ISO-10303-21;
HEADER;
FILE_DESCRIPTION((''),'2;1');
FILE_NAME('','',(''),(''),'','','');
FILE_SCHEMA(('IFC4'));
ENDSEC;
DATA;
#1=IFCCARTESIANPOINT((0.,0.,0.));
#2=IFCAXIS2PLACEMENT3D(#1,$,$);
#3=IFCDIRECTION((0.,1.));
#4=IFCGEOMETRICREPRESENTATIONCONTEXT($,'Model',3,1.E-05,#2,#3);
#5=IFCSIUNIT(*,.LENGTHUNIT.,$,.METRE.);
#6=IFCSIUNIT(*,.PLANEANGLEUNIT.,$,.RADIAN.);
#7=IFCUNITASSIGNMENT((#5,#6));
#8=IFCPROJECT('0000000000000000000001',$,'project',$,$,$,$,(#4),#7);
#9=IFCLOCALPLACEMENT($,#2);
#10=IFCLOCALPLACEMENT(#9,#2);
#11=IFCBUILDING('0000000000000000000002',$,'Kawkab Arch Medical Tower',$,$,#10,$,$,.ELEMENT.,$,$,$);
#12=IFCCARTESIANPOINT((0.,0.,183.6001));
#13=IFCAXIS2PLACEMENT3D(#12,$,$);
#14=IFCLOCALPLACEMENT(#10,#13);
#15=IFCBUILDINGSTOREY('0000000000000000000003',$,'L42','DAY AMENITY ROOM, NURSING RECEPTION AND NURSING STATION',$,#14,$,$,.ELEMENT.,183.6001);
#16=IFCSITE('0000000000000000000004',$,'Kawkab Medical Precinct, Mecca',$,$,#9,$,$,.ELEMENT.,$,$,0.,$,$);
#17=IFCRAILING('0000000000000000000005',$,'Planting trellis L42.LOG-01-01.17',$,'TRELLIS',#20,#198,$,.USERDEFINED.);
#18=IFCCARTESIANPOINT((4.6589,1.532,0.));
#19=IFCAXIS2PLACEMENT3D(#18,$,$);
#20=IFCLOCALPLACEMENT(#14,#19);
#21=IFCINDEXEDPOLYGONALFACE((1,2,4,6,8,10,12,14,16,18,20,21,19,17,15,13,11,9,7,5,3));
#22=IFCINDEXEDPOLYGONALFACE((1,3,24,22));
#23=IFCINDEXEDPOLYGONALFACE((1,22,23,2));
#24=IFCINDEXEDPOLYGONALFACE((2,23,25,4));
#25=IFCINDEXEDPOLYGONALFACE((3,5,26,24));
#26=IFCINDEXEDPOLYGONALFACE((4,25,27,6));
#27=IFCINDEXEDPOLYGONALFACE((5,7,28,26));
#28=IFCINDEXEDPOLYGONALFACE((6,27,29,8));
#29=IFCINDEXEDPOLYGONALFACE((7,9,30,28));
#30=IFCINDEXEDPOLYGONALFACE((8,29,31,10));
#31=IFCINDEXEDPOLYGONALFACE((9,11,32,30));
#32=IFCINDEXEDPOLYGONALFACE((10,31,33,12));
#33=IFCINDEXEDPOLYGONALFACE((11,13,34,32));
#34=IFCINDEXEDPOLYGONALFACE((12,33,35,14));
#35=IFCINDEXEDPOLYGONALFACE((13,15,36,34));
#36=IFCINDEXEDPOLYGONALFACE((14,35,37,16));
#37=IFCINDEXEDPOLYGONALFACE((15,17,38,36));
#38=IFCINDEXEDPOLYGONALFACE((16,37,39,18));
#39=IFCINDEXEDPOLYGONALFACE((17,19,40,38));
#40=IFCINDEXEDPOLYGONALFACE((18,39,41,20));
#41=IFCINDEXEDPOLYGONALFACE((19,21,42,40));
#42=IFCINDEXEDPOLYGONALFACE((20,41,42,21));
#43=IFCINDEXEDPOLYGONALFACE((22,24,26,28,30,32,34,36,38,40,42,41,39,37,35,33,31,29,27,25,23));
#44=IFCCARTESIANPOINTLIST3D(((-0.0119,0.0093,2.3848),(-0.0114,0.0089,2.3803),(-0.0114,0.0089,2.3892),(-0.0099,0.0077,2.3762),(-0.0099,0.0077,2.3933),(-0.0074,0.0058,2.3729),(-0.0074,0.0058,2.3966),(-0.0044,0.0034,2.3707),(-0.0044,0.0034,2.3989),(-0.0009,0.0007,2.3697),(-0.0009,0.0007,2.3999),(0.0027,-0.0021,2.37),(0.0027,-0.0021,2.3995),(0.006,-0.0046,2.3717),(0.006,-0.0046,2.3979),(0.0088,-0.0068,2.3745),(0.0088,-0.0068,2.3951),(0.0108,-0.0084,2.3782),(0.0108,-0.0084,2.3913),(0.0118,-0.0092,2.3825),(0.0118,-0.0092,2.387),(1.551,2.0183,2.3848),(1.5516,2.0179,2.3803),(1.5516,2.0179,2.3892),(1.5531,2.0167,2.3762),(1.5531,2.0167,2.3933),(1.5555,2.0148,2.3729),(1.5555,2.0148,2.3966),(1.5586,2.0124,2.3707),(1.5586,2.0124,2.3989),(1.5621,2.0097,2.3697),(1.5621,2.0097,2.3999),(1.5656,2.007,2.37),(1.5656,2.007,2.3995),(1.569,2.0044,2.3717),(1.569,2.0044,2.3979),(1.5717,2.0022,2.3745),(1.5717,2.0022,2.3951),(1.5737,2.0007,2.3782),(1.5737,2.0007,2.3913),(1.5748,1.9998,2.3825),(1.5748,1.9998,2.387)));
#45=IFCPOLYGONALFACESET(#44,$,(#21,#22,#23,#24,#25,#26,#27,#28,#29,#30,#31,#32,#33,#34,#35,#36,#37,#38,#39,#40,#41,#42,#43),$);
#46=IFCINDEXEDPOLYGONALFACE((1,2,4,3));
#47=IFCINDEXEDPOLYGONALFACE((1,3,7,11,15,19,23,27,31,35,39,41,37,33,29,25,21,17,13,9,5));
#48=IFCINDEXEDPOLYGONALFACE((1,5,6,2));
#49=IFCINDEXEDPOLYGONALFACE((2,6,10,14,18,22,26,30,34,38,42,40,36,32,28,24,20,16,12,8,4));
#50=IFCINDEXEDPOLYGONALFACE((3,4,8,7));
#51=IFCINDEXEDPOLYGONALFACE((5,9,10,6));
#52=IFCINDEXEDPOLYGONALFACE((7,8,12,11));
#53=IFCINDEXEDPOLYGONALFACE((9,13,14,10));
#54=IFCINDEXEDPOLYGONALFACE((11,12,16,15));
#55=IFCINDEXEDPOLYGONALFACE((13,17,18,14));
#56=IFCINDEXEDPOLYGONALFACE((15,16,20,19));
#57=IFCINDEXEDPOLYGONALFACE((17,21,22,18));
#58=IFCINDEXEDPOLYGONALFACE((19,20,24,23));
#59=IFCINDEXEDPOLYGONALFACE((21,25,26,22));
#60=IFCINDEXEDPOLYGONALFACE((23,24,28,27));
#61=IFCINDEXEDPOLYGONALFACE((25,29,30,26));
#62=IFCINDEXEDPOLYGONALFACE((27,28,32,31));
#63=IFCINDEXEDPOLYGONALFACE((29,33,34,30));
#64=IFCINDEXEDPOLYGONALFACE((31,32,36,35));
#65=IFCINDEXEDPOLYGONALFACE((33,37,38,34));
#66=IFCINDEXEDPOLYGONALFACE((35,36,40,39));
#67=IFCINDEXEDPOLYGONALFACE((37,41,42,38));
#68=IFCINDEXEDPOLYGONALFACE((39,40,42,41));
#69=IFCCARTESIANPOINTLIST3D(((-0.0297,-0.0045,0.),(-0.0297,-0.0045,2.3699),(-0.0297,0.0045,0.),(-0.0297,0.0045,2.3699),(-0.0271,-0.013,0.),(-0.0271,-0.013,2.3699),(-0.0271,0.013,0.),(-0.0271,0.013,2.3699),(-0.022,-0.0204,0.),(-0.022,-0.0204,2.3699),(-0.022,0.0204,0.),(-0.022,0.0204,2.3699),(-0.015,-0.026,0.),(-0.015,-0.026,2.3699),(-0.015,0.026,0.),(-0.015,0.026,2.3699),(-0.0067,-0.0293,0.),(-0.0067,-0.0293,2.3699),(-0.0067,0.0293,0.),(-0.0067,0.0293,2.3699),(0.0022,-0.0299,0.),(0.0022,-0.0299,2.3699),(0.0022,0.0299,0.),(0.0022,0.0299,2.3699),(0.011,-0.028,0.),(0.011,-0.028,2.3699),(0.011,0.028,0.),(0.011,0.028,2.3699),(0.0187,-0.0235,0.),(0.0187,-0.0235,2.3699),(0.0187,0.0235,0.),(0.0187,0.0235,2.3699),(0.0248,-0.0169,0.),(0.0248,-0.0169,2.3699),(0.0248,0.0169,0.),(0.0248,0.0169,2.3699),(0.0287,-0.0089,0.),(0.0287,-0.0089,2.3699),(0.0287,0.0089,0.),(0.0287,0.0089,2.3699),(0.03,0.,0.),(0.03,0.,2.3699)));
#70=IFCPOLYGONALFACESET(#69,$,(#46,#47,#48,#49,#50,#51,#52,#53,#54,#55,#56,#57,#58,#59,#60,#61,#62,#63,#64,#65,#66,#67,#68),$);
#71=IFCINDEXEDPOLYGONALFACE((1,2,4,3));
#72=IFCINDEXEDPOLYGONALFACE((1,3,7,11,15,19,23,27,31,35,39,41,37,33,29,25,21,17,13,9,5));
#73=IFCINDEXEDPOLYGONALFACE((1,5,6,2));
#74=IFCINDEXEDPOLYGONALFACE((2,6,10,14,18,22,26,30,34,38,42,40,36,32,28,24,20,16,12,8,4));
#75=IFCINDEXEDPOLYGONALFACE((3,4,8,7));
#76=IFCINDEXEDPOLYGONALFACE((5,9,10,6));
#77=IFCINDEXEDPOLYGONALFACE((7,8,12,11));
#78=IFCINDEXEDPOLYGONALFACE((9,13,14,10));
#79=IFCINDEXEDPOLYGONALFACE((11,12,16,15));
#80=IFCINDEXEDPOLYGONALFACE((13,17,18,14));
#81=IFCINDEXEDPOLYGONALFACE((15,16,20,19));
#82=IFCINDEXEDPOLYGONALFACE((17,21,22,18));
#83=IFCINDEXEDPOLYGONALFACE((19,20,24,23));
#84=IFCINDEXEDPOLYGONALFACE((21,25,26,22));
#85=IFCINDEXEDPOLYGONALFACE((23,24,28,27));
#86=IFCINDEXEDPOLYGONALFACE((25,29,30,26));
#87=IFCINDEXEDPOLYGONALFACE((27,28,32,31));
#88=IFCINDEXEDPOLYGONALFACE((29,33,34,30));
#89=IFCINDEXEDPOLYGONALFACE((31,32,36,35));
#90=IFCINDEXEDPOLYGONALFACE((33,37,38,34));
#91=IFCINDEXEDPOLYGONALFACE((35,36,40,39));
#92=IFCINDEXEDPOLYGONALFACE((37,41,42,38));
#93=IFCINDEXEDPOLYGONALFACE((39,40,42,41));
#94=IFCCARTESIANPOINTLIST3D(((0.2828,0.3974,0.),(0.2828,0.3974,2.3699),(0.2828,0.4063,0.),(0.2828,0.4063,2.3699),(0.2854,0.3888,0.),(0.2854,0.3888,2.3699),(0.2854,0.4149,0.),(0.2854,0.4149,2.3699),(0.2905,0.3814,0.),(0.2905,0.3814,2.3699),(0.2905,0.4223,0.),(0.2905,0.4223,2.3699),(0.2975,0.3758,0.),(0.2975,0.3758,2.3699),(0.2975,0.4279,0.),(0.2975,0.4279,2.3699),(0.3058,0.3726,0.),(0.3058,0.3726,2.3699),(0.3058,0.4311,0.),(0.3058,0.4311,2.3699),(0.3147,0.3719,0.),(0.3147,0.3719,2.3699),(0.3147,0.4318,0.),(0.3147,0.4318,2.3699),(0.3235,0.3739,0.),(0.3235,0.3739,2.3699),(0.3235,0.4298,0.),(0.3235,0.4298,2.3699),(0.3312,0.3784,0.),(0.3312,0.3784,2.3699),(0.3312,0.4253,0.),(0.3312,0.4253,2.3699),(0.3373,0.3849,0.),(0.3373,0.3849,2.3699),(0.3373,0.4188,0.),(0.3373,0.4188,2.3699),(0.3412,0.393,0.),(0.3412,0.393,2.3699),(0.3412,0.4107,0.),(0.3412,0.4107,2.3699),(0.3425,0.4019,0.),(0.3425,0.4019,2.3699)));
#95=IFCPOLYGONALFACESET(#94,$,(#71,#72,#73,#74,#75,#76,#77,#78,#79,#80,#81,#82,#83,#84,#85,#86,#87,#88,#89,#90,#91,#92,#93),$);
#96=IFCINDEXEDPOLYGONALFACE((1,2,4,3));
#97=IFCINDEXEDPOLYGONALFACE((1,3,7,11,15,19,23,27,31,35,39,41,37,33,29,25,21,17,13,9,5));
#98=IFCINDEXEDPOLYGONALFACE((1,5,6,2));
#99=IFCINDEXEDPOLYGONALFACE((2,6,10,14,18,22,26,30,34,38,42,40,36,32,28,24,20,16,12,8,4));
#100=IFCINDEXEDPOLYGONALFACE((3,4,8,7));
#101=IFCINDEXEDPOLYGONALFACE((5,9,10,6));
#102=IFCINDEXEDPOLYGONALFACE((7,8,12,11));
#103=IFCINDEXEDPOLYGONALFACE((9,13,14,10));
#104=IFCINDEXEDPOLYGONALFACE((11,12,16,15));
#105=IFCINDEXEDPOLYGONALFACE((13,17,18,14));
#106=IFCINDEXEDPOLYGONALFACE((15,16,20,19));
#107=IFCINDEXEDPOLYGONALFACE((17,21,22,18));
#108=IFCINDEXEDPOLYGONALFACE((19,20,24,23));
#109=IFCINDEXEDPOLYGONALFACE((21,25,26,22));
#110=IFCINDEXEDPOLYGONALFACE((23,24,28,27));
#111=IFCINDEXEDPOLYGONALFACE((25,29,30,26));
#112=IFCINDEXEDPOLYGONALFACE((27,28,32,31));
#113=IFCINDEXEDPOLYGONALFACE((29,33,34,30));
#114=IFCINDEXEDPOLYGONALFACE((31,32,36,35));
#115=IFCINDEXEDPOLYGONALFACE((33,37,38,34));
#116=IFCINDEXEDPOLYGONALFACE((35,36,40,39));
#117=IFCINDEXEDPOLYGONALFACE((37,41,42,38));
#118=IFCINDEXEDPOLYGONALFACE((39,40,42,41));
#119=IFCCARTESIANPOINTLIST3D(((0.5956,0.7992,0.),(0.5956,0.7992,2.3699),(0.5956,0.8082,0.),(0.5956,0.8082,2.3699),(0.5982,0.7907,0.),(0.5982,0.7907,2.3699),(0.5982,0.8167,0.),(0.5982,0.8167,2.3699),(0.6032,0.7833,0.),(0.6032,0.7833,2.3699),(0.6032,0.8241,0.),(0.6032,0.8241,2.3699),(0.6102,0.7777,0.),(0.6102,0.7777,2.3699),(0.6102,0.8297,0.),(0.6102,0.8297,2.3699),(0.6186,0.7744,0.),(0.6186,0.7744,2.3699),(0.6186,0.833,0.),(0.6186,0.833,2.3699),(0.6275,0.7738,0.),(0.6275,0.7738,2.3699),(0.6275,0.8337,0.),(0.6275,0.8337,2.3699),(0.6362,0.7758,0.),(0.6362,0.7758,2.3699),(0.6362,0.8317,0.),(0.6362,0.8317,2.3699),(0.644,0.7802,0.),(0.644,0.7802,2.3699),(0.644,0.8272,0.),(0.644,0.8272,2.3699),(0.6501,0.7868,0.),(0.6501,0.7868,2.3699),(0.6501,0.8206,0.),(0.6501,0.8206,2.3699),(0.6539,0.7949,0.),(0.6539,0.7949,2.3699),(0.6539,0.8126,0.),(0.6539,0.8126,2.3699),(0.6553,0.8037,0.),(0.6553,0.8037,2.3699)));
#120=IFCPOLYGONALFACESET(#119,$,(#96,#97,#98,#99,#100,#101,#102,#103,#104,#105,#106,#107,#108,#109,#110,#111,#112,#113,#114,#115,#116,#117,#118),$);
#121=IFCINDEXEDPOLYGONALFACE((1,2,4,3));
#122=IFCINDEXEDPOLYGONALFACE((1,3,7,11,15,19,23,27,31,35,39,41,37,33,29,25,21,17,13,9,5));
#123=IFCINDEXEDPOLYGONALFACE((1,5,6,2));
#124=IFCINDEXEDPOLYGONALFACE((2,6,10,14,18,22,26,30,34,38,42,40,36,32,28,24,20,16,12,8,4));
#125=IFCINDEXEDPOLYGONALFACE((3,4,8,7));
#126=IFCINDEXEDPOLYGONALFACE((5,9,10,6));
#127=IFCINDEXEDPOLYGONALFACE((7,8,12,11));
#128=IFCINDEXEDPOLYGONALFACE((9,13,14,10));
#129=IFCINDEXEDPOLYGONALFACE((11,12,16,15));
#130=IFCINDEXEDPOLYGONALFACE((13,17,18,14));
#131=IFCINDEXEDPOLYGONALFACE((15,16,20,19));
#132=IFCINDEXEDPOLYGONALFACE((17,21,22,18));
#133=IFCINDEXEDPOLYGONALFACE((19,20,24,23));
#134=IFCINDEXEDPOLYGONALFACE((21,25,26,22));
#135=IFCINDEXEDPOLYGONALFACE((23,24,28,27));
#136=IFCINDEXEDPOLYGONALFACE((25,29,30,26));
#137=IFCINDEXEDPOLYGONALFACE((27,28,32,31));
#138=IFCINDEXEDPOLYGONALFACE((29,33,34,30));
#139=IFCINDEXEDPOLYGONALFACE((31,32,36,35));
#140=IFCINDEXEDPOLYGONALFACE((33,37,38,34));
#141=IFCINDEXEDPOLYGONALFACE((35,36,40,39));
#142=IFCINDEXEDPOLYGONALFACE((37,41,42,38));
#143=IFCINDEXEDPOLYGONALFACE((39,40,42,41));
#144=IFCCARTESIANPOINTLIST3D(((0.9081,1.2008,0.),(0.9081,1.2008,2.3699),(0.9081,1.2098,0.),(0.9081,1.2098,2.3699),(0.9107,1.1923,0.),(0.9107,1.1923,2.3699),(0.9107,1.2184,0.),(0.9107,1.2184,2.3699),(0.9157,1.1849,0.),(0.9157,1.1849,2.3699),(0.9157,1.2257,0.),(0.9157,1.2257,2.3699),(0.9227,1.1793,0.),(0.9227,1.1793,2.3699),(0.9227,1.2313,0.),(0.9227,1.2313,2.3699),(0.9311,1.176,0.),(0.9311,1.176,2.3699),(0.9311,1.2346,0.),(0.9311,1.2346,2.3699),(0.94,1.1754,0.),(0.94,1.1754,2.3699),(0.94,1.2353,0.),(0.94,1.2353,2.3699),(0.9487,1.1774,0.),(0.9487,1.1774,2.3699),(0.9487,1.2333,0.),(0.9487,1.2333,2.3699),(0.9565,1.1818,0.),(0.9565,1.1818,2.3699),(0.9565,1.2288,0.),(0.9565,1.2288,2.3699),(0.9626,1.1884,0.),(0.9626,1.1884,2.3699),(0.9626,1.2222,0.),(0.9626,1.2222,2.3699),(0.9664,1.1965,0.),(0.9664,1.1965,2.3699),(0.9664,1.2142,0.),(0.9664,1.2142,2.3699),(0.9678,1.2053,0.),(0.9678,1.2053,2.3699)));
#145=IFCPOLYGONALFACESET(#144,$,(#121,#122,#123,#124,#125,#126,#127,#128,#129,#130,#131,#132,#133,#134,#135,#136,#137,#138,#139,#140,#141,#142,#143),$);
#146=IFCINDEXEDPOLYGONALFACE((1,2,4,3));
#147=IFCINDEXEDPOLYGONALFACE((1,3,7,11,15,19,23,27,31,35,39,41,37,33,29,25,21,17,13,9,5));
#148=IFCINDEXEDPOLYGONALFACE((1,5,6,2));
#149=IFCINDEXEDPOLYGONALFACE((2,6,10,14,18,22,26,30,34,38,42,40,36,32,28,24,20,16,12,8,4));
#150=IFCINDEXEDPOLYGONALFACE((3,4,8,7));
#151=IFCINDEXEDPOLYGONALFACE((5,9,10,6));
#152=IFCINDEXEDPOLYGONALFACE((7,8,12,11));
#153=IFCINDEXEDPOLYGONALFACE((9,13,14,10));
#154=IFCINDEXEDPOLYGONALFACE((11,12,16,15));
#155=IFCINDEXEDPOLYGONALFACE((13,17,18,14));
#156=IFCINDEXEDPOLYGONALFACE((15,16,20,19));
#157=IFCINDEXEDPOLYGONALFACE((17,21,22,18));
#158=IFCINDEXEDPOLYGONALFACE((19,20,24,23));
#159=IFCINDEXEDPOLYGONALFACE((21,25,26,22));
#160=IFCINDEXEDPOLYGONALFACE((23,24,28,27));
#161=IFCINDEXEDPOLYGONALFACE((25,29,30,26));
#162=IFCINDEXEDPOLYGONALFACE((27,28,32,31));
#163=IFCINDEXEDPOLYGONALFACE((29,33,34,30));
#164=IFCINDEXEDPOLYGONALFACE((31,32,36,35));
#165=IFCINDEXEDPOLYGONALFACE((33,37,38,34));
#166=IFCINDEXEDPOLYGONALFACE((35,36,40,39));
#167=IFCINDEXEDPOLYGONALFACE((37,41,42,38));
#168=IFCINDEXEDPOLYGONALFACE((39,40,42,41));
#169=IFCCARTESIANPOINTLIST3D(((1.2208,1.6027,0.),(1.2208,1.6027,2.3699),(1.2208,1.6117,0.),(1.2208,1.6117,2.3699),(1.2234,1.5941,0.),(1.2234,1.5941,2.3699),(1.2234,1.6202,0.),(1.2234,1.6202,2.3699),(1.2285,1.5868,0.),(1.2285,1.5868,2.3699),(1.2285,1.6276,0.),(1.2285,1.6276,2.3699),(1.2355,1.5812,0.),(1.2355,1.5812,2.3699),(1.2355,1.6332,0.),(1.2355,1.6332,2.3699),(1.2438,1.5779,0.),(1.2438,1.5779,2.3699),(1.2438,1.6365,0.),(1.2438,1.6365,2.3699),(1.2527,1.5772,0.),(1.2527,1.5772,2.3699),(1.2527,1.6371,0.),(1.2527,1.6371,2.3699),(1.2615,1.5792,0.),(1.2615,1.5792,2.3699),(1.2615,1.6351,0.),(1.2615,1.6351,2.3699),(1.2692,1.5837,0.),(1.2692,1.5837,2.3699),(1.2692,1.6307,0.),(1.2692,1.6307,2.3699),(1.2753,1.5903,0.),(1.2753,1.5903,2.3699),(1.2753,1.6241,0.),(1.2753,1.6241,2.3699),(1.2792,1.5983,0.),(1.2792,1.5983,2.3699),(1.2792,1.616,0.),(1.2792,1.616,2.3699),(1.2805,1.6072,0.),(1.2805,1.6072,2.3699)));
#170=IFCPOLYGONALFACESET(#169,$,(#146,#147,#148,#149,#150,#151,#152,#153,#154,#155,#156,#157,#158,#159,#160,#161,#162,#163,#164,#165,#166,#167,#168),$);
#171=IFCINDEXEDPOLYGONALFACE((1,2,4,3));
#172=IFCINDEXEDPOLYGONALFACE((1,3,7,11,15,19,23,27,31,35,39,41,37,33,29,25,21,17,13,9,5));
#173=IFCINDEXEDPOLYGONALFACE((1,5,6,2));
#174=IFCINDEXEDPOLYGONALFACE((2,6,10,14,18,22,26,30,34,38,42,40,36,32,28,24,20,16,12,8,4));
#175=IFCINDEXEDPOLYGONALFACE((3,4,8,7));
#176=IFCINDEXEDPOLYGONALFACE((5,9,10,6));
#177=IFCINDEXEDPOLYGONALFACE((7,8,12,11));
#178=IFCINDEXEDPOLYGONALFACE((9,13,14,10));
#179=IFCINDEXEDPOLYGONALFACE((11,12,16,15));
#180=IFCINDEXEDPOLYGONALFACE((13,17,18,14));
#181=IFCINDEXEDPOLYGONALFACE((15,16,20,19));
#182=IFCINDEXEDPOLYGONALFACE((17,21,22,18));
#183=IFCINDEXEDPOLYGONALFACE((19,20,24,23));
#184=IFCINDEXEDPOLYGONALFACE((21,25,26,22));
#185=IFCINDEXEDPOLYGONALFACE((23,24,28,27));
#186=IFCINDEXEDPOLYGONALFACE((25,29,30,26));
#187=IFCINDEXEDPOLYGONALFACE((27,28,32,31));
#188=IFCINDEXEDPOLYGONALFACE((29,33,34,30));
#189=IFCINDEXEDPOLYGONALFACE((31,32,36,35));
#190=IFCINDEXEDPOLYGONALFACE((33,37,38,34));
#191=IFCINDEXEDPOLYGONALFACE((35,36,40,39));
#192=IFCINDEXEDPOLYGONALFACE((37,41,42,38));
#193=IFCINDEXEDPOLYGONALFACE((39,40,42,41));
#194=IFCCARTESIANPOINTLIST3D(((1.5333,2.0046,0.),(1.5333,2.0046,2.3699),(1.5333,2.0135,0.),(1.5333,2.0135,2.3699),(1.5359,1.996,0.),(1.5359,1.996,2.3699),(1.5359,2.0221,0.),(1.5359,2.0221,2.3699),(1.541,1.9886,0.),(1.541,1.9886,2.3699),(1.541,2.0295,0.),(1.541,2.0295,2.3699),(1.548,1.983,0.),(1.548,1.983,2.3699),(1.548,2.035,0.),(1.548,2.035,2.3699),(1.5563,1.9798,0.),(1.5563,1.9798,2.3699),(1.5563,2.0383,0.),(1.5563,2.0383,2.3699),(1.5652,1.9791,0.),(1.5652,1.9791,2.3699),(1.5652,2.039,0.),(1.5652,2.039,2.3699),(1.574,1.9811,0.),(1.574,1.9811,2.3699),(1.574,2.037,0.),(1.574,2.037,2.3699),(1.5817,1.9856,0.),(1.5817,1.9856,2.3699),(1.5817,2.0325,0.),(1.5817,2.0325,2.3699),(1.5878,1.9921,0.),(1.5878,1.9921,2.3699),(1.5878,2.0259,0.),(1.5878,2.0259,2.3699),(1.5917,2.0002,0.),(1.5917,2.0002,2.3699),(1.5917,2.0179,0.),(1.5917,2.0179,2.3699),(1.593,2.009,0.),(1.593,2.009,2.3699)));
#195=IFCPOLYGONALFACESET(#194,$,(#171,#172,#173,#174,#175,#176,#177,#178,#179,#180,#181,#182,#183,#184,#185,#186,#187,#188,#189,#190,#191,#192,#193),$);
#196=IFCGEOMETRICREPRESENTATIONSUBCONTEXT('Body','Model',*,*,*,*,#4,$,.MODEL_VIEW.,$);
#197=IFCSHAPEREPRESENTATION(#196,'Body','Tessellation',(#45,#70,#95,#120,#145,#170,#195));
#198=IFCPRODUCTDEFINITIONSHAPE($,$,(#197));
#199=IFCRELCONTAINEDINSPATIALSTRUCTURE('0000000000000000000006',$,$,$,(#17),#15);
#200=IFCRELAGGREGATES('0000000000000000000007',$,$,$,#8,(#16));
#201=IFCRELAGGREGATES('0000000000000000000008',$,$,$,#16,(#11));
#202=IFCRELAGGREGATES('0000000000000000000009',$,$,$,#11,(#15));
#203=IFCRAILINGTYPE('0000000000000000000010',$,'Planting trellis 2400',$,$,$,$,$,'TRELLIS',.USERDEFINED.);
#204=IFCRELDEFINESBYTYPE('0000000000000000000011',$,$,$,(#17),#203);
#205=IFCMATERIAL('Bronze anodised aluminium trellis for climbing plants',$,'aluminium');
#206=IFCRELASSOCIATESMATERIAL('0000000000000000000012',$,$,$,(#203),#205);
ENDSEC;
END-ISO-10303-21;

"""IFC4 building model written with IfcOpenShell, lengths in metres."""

from ifc_helpers import new_model, si_unit, direction, frame, origin, origin_2d, place, context, subcontext, project, spatial, circle, extrude, material, type_object, element, save


model = new_model("IFC4")

# Units and contexts
model_context = context("Model", 3, precision=1e-05, world=origin(), true_north=direction((0.0, 1.0)))
body_context = subcontext(model_context, "Body", "Model", "MODEL_VIEW")
ifc_project = project(units=[si_unit("LENGTHUNIT", "METRE"), si_unit("PLANEANGLEUNIT", "RADIAN")], contexts=[model_context])

# Site, building, storey
site_placement = place(None, origin())
site = spatial("IfcSite", under=ifc_project, at=site_placement, Name="Kawkab Medical Precinct, Mecca", CompositionType="ELEMENT", RefElevation=0.0)
building_placement = place(site_placement, origin())
building = spatial("IfcBuilding", under=site, at=building_placement, Name="Kawkab Arch Medical Tower", CompositionType="ELEMENT")
storey_placement = place(building_placement, frame((0.0, 0.0, 183.6001)))
storey = spatial("IfcBuildingStorey", under=building, at=storey_placement, Name="L42", Description="DAY AMENITY ROOM, NURSING RECEPTION AND NURSING STATION", CompositionType="ELEMENT", Elevation=183.6001)

# Railing
ifc_material_1 = material(Name="Bronze anodised aluminium trellis for climbing plants", Category="aluminium")
railing_type = type_object("IfcRailingType", Name="Planting trellis 2400", ElementType="TRELLIS", PredefinedType="USERDEFINED", material=ifc_material_1)
railing_1_placement = place(storey_placement, frame((4.6589, 1.532, 0.0)))
element("IfcRailing", 1, at=railing_1_placement, inside=storey, type_object=railing_type, Name="Planting trellis L42.LOG-01-01.17", ObjectType="TRELLIS", PredefinedType="USERDEFINED", context=body_context, shape_type="SweptSolid", body=[
    extrude(circle(Radius=0.0151, at=origin_2d()), frame((0.0, 0.0, 2.3848), z_axis=(0.61404, 0.789275, 0.0), x_axis=(-0.789275, 0.61404, 0.0)), (0.0, 0.0, 1.0), 2.5454),
    extrude(circle(Radius=0.03, at=origin_2d()), origin(), (0.0, 0.0, 1.0), 2.3699),
    extrude(circle(Radius=0.03, at=origin_2d()), frame((0.3125, 0.4019, 0.0)), (0.0, 0.0, 1.0), 2.3699),
    extrude(circle(Radius=0.03, at=origin_2d()), frame((0.6252, 0.8037, 0.0)), (0.0, 0.0, 1.0), 2.3699),
    extrude(circle(Radius=0.03, at=origin_2d()), frame((0.9377, 1.2053, 0.0)), (0.0, 0.0, 1.0), 2.3699),
    extrude(circle(Radius=0.03, at=origin_2d()), frame((1.2505, 1.6072, 0.0)), (0.0, 0.0, 1.0), 2.3699),
    extrude(circle(Radius=0.03, at=origin_2d()), frame((1.563, 2.009, 0.0)), (0.0, 0.0, 1.0), 2.3699),
])

save(model, "model.ifc")
